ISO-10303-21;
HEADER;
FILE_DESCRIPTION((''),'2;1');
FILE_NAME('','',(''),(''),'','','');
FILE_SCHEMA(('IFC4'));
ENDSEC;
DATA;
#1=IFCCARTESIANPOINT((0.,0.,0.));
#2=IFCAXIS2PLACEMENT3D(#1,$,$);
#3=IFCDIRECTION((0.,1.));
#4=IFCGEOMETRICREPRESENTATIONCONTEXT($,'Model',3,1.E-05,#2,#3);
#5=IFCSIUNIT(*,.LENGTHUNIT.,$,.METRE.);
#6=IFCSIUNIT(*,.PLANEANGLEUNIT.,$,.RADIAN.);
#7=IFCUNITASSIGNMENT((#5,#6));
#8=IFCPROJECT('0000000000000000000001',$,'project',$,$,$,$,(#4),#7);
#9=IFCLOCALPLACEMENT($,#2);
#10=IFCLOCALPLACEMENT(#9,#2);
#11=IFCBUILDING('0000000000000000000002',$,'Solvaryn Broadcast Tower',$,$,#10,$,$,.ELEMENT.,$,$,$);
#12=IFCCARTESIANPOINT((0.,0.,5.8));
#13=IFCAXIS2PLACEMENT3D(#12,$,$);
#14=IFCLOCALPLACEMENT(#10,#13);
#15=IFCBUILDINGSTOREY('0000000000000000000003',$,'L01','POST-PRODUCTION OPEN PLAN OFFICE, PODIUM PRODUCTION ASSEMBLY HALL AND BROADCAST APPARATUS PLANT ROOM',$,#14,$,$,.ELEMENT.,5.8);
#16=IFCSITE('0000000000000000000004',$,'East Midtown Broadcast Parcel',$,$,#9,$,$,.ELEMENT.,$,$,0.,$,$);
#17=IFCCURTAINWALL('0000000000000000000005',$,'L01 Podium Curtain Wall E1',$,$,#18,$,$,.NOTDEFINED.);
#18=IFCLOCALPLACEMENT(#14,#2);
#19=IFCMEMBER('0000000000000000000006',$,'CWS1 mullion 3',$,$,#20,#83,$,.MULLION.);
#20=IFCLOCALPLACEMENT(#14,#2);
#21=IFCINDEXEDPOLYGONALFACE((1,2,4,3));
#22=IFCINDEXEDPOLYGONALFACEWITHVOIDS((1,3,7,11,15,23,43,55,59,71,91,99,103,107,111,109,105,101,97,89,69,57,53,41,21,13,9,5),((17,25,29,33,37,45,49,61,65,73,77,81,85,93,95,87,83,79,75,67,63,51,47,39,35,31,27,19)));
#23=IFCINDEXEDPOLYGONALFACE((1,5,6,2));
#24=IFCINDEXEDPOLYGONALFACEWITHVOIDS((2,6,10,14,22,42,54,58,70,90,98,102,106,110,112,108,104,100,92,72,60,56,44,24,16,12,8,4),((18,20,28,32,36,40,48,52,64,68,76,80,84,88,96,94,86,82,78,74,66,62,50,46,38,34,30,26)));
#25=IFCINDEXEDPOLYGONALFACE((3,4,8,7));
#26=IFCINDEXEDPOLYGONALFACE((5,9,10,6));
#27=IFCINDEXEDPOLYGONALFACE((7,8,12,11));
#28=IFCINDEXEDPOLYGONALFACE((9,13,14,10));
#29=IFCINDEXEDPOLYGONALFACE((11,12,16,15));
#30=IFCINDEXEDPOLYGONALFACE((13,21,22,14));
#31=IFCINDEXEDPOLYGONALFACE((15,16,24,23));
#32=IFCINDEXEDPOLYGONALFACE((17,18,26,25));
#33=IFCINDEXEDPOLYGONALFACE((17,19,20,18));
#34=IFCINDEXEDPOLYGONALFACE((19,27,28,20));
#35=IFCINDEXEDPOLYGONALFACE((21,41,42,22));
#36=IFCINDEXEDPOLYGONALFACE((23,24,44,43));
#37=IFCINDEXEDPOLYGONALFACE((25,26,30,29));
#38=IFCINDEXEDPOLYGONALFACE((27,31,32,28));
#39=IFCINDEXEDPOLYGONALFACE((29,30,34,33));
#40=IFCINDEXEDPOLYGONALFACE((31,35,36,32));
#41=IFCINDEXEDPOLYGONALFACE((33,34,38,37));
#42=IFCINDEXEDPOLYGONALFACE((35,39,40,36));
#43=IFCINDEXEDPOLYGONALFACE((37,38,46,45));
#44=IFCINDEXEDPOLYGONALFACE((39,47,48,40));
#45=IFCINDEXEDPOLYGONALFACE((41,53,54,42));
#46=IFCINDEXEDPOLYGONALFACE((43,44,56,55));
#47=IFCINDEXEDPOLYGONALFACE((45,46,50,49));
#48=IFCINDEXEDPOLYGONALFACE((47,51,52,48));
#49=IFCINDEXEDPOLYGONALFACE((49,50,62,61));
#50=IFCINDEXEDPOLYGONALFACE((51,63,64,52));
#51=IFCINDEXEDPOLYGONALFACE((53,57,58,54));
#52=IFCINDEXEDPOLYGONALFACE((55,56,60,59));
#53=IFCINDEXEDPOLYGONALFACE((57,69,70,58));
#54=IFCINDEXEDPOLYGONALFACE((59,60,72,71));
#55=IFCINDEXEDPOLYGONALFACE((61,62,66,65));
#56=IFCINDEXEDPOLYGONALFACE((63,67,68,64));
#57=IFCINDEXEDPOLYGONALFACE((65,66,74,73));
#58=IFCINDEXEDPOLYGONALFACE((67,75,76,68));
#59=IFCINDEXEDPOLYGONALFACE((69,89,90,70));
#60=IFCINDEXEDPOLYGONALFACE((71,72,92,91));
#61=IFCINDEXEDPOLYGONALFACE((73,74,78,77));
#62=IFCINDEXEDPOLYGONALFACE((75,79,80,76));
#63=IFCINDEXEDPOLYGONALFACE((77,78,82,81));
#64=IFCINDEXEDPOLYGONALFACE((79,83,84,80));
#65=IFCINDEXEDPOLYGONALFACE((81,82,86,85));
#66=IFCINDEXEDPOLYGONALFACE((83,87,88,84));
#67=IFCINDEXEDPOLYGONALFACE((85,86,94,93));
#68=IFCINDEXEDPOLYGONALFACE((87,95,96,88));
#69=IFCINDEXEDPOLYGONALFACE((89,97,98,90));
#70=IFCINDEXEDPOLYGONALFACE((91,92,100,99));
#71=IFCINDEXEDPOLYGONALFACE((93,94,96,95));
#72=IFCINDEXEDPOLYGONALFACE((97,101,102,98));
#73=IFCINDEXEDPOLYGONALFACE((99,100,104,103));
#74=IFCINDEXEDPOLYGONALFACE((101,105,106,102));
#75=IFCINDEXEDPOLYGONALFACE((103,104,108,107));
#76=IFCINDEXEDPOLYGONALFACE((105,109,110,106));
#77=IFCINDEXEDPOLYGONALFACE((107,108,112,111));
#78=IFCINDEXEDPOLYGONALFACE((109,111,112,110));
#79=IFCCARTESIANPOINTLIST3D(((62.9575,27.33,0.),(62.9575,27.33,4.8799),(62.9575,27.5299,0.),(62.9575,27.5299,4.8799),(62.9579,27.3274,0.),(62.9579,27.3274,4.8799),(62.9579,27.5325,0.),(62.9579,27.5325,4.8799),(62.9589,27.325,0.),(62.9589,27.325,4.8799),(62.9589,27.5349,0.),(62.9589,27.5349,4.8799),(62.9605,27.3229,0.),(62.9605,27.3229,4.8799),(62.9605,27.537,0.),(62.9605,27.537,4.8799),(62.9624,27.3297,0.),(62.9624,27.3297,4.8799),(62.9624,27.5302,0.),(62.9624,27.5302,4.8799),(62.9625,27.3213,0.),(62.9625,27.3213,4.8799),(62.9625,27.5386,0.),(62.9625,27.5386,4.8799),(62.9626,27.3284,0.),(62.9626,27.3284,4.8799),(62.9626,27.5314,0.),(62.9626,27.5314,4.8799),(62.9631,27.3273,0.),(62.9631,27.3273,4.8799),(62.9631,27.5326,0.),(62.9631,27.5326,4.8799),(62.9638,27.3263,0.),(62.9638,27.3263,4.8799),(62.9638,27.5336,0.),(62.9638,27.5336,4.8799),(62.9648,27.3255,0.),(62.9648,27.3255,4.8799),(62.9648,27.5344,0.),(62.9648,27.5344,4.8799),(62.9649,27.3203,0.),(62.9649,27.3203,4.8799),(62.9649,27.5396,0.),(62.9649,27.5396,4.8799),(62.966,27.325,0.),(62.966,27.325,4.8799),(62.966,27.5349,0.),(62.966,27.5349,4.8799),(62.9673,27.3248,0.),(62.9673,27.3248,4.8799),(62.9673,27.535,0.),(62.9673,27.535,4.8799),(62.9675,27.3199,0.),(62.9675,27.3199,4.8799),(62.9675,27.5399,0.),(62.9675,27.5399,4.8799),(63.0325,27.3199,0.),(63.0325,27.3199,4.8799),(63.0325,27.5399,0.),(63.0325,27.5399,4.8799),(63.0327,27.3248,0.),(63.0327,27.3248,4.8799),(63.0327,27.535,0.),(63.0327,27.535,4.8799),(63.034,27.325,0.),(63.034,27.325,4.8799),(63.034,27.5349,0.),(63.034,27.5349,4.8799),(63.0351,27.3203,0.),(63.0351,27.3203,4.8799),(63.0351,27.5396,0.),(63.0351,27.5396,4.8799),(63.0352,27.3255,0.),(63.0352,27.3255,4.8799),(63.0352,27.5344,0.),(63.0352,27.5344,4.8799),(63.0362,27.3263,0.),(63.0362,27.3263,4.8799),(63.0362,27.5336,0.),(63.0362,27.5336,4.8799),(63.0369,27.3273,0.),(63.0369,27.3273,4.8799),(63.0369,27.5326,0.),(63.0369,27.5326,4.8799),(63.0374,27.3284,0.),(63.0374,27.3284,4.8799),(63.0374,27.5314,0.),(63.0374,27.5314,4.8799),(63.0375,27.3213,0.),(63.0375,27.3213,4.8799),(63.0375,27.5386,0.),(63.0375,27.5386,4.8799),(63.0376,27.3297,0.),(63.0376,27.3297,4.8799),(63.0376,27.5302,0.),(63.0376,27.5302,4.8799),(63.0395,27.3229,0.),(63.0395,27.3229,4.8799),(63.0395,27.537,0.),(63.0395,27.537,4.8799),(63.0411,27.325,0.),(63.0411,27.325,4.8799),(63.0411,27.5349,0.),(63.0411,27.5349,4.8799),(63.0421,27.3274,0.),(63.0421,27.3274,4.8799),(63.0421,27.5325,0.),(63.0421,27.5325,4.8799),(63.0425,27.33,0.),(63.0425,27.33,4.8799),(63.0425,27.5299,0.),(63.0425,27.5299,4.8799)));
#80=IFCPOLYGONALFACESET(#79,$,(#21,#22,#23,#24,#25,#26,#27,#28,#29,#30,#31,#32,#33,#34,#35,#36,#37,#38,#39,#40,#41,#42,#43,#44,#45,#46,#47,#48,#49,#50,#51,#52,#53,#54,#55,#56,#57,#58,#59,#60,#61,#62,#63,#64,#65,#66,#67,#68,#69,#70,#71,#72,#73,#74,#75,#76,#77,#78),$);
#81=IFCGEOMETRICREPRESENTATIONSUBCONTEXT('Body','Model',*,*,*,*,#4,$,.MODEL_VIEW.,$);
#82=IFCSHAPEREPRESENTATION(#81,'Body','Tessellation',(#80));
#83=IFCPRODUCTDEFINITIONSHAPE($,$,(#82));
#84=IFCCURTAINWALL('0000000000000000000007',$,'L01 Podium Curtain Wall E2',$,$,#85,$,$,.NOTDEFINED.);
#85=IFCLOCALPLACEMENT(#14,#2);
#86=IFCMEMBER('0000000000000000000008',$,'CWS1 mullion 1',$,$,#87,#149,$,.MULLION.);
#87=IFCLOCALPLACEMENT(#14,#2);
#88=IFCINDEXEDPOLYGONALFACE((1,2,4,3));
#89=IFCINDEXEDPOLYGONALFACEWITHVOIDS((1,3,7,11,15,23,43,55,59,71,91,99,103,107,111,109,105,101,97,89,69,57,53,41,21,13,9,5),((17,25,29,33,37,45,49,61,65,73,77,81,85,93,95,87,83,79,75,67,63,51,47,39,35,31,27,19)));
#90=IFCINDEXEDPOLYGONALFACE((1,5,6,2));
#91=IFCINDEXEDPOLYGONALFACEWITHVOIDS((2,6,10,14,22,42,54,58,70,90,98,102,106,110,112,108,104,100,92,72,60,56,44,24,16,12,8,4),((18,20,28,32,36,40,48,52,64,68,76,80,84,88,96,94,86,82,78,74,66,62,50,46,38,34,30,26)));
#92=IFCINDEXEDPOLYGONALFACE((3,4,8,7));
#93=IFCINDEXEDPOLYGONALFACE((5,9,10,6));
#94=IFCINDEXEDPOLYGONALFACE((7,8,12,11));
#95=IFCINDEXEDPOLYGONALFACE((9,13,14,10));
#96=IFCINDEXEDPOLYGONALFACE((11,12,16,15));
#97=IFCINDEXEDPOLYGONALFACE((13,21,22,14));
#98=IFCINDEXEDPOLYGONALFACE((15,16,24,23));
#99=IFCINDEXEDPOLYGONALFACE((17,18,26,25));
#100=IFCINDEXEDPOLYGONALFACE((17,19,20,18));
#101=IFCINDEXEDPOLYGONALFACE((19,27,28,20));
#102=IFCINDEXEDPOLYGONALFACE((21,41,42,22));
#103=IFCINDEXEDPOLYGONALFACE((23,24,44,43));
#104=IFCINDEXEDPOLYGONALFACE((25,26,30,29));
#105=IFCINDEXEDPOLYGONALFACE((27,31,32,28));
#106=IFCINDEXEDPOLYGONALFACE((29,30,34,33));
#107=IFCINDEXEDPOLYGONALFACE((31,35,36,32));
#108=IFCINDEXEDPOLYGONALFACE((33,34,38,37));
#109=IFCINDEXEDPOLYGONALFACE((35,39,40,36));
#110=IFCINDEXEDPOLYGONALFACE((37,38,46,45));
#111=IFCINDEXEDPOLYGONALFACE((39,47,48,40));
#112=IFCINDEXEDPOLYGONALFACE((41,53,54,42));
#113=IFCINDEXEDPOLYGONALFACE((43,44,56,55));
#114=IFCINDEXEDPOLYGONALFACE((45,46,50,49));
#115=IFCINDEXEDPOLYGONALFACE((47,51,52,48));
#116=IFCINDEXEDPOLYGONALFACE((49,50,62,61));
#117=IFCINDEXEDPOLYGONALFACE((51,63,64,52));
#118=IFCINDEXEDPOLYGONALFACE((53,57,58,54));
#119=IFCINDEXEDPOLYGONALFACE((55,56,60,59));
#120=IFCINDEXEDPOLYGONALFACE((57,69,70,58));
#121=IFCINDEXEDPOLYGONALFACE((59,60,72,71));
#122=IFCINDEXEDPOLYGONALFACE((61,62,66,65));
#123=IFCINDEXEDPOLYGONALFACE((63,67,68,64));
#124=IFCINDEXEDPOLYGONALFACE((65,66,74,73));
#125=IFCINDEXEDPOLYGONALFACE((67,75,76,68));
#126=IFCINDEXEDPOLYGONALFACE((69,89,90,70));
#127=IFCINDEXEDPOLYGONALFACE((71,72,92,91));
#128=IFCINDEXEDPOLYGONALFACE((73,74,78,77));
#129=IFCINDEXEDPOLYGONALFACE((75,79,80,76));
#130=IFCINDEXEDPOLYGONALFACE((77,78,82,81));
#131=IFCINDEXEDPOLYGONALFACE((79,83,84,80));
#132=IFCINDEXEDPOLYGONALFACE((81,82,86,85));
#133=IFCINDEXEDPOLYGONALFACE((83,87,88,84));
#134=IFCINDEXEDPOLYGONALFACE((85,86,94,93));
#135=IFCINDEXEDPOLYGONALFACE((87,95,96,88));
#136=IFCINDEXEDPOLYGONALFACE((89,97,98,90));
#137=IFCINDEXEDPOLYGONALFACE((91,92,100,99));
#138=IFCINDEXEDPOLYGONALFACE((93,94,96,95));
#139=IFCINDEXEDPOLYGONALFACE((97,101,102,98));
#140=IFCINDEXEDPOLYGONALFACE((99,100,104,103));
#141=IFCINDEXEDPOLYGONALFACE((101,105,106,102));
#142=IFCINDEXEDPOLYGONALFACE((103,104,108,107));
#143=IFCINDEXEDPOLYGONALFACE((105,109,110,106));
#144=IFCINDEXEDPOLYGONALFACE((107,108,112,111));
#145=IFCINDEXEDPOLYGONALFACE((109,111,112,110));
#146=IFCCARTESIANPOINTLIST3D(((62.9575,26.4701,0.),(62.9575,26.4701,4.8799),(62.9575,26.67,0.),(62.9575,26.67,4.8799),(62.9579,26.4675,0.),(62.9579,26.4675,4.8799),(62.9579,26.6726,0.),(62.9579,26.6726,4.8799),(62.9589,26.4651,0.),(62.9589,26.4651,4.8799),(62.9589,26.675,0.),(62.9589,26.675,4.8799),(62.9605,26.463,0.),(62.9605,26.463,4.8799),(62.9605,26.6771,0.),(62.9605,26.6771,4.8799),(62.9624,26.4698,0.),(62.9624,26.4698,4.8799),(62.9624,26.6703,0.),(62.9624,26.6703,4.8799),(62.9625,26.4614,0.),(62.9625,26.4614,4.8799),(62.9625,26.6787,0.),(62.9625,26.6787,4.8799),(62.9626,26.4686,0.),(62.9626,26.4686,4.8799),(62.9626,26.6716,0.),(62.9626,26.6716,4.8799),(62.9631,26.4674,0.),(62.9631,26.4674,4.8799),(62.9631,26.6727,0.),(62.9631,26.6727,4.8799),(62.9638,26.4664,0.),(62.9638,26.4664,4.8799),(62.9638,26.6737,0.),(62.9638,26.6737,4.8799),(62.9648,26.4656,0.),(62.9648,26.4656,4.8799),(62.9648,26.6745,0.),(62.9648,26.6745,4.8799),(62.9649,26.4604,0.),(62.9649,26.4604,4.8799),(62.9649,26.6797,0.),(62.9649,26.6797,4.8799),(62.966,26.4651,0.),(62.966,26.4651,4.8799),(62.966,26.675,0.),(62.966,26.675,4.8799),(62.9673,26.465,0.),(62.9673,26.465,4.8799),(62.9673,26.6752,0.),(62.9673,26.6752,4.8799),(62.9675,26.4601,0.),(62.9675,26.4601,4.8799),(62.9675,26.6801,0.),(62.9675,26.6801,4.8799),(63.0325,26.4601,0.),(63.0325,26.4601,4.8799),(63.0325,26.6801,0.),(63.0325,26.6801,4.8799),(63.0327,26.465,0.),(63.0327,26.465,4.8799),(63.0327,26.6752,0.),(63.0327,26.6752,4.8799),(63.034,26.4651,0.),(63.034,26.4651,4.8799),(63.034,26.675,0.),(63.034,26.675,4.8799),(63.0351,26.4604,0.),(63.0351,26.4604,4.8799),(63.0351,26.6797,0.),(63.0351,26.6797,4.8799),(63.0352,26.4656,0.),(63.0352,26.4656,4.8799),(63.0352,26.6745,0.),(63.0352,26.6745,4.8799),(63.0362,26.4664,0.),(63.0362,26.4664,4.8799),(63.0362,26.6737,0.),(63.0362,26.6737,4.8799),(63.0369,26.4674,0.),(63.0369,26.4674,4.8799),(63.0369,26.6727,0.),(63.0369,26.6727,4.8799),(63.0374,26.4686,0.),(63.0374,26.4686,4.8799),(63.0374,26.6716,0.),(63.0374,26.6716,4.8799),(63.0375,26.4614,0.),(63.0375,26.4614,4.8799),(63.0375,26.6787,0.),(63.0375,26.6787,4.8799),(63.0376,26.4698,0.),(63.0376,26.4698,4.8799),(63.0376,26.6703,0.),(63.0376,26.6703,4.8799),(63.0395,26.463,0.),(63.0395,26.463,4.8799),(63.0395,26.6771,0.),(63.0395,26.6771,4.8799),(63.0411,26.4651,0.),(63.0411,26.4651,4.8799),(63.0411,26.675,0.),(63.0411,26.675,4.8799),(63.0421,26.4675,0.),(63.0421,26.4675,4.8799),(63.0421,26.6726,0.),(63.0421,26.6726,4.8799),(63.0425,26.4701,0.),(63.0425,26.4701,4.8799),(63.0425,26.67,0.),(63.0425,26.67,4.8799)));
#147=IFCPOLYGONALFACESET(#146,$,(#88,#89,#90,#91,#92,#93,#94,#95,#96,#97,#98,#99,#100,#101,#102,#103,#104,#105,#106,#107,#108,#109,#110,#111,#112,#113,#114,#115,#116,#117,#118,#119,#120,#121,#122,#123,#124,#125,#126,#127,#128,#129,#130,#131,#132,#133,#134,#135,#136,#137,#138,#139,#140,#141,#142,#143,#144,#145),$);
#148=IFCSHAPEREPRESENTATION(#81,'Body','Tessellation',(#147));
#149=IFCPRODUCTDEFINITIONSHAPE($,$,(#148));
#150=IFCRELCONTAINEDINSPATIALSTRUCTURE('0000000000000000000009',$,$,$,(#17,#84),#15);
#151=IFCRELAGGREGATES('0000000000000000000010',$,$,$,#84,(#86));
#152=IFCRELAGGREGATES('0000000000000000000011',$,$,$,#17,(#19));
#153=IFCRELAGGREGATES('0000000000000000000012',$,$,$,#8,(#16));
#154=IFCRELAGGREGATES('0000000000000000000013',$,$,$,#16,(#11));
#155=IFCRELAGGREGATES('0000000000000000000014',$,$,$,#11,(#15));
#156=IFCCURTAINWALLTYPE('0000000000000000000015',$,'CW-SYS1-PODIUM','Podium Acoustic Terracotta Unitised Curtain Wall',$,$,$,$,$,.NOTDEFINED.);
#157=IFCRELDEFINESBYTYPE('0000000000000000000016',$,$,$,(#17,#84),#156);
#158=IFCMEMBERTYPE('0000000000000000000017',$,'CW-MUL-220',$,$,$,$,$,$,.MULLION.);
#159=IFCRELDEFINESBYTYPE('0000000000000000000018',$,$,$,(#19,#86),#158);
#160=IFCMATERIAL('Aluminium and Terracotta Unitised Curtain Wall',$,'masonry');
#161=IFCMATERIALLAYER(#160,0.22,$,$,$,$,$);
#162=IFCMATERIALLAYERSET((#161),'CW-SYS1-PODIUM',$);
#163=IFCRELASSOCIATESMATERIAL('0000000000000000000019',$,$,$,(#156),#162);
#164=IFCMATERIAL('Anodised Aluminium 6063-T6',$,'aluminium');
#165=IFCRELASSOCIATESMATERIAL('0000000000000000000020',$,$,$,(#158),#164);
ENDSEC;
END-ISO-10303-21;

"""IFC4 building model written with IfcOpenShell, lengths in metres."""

from ifc_helpers import new_model, si_unit, direction, frame, origin, origin_2d, place, context, subcontext, project, spatial, hollow_rectangle, extrude, material, layer, layer_set, material_profile, profile_set, type_object, element, aggregate, save


model = new_model("IFC4")

# Units and contexts
model_context = context("Model", 3, precision=1e-05, world=origin(), true_north=direction((0.0, 1.0)))
body_context = subcontext(model_context, "Body", "Model", "MODEL_VIEW")
ifc_project = project(units=[si_unit("LENGTHUNIT", "METRE"), si_unit("PLANEANGLEUNIT", "RADIAN")], contexts=[model_context])

# Site, building, storey
site_placement = place(None, origin())
site = spatial("IfcSite", under=ifc_project, at=site_placement, Name="East Midtown Broadcast Parcel", CompositionType="ELEMENT", RefElevation=0.0)
building_placement = place(site_placement, origin())
building = spatial("IfcBuilding", under=site, at=building_placement, Name="Solvaryn Broadcast Tower", CompositionType="ELEMENT")
storey_placement = place(building_placement, frame((0.0, 0.0, 5.8)))
storey = spatial("IfcBuildingStorey", under=building, at=storey_placement, Name="L01", Description="POST-PRODUCTION OPEN PLAN OFFICE, PODIUM PRODUCTION ASSEMBLY HALL AND BROADCAST APPARATUS PLANT ROOM", CompositionType="ELEMENT", Elevation=5.8)

# Curtain wall, member
ifc_material_1 = material(Name="Aluminium and Terracotta Unitised Curtain Wall", Category="masonry")
ifc_layer_1 = layer(ifc_material_1, 0.22)
ifc_layer_set_1 = layer_set([ifc_layer_1], Name="CW-SYS1-PODIUM")
curtain_wall_type = type_object("IfcCurtainWallType", Name="CW-SYS1-PODIUM", Description="Podium Acoustic Terracotta Unitised Curtain Wall", PredefinedType="NOTDEFINED", material=ifc_layer_set_1)
curtain_wall_1_placement = place(storey_placement, origin())
curtain_wall_1 = element("IfcCurtainWall", 1, at=curtain_wall_1_placement, inside=storey, type_object=curtain_wall_type, Name="L01 Podium Curtain Wall E1", PredefinedType="NOTDEFINED")
ifc_material_2 = material(Name="Anodised Aluminium 6063-T6", Category="aluminium")
ifc_material_profile_1 = material_profile(ifc_material_2, hollow_rectangle(XDim=0.085, YDim=0.22, WallThickness=0.0049, InnerFilletRadius=0.0049, OuterFilletRadius=0.01, at=origin_2d()))
ifc_profile_set_1 = profile_set([ifc_material_profile_1], Name="Anodised Aluminium 6063-T6")
member_type_1 = type_object("IfcMemberType", Name="CW-MUL-220", PredefinedType="MULLION", material=ifc_profile_set_1)
member_1_placement = place(storey_placement, frame((63.0, 27.4299, 0.0), z_axis=(0.0, 0.0, 1.0), x_axis=(1.0, 0.0, 0.0)))
member_1 = element("IfcMember", 2, at=member_1_placement, type_object=member_type_1, Name="CWS1 mullion 3", PredefinedType="MULLION", context=body_context, shape_type="SweptSolid", body=[
    extrude(hollow_rectangle(XDim=0.085, YDim=0.22, WallThickness=0.0049, InnerFilletRadius=0.0049, OuterFilletRadius=0.01, at=origin_2d()), origin(), (0.0, 0.0, 1.0), 4.8799),
])

# Curtain wall, member
curtain_wall_2_placement = place(storey_placement, origin())
curtain_wall_2 = element("IfcCurtainWall", 3, at=curtain_wall_2_placement, inside=storey, type_object=curtain_wall_type, Name="L01 Podium Curtain Wall E2", PredefinedType="NOTDEFINED")
member_2_placement = place(storey_placement, frame((63.0, 26.5701, 0.0), z_axis=(0.0, 0.0, 1.0), x_axis=(1.0, 0.0, 0.0)))
member_2 = element("IfcMember", 4, at=member_2_placement, type_object=member_type_1, Name="CWS1 mullion 1", PredefinedType="MULLION", context=body_context, shape_type="SweptSolid", body=[
    extrude(hollow_rectangle(XDim=0.085, YDim=0.22, WallThickness=0.0049, InnerFilletRadius=0.0049, OuterFilletRadius=0.01, at=origin_2d()), origin(), (0.0, 0.0, 1.0), 4.8799),
])

aggregate(curtain_wall_2, [member_2])

aggregate(curtain_wall_1, [member_1])

save(model, "model.ifc")
